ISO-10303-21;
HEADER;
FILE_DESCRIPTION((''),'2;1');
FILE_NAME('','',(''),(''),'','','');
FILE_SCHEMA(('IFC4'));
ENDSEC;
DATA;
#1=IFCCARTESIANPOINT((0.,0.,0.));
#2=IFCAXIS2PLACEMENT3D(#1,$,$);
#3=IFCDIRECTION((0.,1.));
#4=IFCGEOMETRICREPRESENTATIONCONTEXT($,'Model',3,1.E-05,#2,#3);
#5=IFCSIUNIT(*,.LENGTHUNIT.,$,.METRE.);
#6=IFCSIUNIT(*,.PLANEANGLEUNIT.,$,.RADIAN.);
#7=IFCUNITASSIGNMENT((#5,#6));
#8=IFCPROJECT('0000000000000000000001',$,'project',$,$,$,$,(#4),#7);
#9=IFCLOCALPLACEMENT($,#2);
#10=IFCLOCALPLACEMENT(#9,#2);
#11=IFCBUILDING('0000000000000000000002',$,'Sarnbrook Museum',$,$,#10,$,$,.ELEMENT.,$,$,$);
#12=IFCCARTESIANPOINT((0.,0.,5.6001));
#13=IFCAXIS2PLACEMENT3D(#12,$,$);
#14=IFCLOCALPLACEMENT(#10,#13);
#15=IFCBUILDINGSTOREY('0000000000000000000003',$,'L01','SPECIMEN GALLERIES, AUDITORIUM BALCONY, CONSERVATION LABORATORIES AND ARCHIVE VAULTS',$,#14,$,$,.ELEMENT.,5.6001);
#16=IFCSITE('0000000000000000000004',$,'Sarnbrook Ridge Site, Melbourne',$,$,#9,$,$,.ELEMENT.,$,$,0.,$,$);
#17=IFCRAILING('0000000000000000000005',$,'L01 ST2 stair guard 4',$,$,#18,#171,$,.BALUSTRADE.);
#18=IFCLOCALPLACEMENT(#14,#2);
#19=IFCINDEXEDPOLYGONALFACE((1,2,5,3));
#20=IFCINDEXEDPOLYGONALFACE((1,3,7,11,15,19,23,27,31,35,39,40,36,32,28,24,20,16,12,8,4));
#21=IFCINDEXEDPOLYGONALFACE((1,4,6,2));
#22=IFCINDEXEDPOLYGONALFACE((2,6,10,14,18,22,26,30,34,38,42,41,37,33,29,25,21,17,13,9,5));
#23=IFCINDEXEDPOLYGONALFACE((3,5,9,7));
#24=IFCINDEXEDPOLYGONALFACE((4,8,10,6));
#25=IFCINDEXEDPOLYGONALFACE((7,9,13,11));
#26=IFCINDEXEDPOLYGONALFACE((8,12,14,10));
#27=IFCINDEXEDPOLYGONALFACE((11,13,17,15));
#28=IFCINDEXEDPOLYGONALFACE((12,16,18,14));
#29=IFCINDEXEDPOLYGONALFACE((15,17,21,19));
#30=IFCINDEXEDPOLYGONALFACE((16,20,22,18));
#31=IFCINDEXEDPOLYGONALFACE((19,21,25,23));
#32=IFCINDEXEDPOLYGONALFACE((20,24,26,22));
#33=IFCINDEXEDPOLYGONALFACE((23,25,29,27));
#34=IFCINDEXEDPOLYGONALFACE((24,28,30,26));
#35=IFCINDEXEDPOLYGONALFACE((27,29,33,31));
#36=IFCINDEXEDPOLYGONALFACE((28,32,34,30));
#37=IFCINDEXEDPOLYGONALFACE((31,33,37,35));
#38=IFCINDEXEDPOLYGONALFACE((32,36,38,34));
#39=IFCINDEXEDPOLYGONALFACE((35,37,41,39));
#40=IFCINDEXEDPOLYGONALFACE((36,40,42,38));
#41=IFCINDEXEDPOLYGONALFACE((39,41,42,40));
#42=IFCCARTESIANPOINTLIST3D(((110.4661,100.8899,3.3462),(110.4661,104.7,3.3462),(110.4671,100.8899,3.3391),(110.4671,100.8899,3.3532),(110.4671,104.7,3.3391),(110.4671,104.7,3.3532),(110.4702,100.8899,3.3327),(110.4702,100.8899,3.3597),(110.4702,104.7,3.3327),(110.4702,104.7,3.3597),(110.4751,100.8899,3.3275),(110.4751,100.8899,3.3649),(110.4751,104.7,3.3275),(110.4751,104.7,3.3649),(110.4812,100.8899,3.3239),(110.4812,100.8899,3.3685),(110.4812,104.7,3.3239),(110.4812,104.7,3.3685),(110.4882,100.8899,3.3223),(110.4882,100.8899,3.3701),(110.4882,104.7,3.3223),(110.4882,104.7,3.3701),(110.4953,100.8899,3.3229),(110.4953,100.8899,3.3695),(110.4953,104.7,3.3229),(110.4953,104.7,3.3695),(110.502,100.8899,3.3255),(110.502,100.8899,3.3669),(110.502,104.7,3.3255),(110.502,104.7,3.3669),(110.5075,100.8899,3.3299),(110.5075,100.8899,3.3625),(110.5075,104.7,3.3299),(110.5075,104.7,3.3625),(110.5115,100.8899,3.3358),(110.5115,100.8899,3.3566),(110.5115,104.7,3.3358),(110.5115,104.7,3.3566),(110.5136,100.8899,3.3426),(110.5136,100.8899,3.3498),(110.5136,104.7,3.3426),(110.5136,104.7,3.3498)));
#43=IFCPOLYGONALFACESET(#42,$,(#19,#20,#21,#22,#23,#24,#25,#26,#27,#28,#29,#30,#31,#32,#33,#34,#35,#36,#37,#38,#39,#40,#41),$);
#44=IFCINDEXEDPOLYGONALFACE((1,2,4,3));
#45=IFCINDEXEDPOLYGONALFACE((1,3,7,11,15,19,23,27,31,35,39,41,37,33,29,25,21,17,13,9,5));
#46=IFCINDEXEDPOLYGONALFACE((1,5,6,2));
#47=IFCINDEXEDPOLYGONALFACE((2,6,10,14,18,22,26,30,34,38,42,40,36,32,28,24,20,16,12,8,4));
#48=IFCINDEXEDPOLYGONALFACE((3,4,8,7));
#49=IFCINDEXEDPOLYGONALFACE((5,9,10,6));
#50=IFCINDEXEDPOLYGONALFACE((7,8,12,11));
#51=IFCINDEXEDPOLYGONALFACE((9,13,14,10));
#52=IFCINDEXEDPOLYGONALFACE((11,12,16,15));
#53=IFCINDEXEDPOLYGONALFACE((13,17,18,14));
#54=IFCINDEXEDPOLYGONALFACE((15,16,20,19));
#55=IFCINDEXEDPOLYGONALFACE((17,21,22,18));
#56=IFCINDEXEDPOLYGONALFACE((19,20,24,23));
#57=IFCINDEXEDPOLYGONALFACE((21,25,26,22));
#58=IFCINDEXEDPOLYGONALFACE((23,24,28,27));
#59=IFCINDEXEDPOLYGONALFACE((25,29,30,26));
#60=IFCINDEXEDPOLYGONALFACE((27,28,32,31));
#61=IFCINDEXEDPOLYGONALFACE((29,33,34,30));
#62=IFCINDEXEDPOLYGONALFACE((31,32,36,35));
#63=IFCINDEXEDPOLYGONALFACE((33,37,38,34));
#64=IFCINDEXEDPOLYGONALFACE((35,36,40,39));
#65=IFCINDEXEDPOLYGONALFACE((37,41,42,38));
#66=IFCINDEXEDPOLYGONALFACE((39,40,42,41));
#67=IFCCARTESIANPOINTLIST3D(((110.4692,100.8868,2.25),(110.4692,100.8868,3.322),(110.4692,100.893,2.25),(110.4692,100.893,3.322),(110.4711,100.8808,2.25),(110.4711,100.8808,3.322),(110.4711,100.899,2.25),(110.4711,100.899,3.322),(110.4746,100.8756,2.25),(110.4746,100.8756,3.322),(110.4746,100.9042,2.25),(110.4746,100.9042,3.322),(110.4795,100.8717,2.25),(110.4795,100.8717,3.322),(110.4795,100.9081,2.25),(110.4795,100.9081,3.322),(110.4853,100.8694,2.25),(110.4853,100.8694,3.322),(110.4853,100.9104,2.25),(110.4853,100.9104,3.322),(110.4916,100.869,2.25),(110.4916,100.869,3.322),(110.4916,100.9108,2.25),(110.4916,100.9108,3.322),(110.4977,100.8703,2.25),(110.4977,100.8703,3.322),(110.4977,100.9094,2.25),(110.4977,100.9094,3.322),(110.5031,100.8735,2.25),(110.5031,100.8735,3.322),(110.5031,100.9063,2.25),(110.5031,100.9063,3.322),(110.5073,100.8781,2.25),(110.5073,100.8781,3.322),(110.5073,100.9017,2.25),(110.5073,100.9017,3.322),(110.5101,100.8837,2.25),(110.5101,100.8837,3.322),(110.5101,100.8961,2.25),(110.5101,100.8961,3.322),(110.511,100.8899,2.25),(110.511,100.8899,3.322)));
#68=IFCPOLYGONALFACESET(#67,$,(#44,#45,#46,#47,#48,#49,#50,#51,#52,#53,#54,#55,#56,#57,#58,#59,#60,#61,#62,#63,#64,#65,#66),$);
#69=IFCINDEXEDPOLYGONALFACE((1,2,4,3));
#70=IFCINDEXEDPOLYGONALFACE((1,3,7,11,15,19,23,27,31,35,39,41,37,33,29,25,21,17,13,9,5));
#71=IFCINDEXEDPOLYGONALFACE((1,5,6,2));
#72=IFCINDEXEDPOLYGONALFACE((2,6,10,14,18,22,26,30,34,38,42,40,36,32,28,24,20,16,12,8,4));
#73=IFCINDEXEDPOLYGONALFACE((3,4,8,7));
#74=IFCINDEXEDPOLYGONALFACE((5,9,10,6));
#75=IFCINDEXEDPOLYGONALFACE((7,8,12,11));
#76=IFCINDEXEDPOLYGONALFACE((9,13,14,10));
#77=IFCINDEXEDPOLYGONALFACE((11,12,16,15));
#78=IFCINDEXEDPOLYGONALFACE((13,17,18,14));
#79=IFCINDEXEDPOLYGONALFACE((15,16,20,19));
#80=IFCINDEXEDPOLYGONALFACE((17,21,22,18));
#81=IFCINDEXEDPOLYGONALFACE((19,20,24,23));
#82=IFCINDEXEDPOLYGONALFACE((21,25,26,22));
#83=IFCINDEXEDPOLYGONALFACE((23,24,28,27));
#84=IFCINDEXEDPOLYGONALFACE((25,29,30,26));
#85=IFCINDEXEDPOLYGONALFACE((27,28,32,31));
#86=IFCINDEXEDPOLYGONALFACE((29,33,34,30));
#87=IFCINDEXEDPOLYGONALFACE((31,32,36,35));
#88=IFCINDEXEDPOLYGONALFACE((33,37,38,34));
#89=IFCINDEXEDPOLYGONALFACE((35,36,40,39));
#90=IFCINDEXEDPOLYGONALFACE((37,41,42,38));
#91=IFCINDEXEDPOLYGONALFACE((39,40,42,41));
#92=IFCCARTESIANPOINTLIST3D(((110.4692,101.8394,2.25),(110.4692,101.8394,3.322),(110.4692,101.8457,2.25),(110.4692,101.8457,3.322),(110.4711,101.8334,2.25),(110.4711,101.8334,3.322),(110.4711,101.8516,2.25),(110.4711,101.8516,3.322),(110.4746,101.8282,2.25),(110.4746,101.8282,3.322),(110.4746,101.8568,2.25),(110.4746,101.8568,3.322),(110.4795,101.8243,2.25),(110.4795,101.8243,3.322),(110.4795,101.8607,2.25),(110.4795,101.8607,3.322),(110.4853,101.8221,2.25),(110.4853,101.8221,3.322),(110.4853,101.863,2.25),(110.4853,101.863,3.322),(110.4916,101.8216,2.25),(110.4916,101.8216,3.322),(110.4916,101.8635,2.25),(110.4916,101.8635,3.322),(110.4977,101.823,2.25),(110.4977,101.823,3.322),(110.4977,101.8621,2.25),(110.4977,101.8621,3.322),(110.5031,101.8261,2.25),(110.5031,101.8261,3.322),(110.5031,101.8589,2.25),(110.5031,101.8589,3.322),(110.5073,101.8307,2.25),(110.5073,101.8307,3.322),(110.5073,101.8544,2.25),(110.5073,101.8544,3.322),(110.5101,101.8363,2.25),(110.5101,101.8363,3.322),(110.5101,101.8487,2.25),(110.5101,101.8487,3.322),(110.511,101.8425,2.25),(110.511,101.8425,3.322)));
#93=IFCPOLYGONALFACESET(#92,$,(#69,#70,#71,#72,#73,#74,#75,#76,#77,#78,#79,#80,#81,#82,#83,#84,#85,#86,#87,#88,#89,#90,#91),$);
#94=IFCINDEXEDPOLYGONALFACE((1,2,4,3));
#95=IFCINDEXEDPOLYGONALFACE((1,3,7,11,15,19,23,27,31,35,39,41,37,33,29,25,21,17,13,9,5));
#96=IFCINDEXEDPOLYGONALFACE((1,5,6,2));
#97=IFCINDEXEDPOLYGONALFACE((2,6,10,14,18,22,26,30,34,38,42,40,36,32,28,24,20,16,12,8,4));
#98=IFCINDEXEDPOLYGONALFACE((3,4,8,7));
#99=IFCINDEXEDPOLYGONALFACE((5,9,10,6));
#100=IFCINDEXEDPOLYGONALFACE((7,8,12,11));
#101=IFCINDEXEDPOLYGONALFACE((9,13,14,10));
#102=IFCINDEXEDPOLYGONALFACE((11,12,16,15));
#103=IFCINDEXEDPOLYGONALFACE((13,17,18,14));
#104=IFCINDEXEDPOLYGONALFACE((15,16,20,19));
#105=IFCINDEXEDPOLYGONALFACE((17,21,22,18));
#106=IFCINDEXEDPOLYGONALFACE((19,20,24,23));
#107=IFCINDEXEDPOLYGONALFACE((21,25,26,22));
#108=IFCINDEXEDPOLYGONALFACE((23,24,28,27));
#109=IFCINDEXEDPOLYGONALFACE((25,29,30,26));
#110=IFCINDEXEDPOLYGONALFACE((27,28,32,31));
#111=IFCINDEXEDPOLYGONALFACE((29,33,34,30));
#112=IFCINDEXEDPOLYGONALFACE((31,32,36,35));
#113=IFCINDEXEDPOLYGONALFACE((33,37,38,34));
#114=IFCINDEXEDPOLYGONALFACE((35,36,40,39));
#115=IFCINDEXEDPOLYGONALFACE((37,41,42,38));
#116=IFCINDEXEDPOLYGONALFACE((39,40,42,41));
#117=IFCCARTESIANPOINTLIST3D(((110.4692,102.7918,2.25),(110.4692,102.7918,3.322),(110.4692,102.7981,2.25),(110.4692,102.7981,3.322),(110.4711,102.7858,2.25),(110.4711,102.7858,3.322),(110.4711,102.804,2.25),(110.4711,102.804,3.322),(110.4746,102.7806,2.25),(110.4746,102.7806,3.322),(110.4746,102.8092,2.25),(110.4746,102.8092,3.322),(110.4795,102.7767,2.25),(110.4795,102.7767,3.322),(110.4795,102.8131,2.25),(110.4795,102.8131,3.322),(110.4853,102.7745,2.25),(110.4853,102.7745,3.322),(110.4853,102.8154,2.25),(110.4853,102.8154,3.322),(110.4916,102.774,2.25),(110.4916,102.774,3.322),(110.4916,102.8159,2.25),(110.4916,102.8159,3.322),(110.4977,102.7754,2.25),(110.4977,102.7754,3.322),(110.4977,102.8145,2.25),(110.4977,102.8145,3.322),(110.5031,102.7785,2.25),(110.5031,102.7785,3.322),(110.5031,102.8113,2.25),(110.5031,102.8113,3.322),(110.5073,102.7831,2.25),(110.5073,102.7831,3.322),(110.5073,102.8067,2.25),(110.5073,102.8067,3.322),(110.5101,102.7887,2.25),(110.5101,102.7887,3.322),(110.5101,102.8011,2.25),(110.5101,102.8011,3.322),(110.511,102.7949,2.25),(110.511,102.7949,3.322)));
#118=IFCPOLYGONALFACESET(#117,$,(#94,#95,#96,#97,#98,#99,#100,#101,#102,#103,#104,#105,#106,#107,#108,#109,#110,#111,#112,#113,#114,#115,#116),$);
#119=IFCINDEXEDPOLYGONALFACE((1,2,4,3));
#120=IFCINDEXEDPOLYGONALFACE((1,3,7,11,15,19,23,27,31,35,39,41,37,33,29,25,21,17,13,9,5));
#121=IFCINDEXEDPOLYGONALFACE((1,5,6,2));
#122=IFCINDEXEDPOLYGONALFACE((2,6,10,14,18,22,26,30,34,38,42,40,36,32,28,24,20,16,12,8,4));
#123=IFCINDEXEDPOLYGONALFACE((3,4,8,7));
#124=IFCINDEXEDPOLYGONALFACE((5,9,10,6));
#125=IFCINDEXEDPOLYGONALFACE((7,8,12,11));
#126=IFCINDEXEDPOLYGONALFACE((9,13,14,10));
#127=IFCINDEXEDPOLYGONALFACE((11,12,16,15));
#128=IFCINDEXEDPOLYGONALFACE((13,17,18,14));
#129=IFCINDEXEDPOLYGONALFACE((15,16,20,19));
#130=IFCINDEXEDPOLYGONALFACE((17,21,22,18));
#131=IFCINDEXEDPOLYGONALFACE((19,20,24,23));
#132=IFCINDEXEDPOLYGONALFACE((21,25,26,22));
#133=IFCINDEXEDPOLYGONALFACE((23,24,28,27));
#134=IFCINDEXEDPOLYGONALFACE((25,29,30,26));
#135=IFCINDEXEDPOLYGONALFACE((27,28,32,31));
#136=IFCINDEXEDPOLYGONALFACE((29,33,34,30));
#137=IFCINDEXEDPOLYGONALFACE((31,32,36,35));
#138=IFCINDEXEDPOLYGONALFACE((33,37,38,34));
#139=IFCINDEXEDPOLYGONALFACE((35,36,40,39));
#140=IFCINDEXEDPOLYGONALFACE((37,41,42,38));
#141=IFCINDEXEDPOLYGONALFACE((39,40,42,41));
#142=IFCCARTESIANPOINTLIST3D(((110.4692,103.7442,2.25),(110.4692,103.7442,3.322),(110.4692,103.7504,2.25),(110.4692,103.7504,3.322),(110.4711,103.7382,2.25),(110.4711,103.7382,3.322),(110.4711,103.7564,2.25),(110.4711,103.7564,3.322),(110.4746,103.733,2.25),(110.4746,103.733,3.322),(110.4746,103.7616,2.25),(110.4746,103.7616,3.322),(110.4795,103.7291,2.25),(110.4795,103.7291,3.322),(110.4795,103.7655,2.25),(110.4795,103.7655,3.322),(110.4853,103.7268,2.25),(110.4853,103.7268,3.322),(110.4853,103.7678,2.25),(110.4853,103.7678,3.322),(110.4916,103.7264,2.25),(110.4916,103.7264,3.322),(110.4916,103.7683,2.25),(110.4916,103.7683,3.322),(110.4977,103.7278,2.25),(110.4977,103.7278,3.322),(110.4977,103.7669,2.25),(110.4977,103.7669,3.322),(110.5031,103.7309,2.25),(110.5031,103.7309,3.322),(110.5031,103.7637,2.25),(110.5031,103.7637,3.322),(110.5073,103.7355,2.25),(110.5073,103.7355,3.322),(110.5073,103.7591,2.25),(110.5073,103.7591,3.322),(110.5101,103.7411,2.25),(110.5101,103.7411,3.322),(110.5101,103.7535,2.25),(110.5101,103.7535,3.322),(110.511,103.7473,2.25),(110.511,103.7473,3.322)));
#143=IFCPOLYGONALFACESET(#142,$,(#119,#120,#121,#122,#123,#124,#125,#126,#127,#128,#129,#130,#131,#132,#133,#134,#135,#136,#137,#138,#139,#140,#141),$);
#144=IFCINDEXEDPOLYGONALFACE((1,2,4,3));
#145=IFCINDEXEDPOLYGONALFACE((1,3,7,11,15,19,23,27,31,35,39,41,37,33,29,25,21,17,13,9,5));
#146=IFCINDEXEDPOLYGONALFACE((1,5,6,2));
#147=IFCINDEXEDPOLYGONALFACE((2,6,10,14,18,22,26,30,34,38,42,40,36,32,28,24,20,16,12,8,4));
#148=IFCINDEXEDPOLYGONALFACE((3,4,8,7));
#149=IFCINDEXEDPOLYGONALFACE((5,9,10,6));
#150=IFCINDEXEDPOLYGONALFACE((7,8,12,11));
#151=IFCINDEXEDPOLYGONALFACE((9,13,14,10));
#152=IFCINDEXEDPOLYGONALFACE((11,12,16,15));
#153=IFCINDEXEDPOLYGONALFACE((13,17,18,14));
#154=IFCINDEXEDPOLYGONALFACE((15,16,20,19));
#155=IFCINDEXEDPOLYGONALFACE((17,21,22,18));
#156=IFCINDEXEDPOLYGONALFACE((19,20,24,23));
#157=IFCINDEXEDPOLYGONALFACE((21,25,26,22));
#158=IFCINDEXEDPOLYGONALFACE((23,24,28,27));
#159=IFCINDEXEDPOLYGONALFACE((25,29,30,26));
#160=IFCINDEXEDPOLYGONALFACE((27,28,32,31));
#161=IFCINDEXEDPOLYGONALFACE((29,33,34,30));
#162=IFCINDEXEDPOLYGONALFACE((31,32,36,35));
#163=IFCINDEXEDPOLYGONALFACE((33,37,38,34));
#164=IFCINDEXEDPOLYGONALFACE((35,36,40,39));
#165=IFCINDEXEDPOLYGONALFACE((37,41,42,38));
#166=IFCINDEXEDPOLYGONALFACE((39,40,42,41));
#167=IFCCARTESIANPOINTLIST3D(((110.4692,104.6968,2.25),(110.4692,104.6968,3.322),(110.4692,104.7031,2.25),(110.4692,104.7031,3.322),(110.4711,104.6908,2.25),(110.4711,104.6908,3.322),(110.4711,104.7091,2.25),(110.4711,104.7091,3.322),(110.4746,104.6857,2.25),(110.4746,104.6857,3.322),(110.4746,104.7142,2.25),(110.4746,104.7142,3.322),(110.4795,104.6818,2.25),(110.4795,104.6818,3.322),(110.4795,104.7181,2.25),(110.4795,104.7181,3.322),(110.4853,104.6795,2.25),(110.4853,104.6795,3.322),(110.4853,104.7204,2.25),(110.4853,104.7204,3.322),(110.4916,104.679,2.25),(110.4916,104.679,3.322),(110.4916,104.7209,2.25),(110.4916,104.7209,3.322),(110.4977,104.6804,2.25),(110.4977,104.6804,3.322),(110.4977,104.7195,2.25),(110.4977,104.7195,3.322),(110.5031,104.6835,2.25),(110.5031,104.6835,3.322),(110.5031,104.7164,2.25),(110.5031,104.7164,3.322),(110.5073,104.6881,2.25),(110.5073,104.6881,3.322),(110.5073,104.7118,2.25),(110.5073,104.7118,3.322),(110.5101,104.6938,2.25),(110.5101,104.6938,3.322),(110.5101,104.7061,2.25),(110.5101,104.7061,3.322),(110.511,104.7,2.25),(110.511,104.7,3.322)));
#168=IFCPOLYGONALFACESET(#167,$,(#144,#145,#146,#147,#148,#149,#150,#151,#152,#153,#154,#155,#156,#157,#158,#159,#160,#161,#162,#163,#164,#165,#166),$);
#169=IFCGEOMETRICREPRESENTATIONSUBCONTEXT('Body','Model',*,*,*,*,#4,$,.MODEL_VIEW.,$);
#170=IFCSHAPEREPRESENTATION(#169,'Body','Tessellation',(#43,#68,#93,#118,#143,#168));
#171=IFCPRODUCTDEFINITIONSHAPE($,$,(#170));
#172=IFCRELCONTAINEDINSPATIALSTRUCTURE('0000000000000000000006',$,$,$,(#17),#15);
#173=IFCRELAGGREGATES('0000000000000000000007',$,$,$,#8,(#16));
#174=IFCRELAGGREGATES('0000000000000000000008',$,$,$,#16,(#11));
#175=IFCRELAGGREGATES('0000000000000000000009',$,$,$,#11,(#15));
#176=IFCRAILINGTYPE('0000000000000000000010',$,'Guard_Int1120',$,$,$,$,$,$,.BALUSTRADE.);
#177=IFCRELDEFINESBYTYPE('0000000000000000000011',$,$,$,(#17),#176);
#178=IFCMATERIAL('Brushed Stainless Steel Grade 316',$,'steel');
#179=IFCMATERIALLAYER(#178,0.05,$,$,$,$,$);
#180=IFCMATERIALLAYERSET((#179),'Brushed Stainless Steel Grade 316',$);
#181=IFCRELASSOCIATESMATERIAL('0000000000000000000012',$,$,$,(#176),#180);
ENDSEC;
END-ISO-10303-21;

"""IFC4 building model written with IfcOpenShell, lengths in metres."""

from ifc_helpers import new_model, si_unit, direction, frame, origin, origin_2d, place, context, subcontext, project, spatial, circle, extrude, material, layer, layer_set, type_object, element, save


model = new_model("IFC4")

# Units and contexts
model_context = context("Model", 3, precision=1e-05, world=origin(), true_north=direction((0.0, 1.0)))
body_context = subcontext(model_context, "Body", "Model", "MODEL_VIEW")
ifc_project = project(units=[si_unit("LENGTHUNIT", "METRE"), si_unit("PLANEANGLEUNIT", "RADIAN")], contexts=[model_context])

# Site, building, storey
site_placement = place(None, origin())
site = spatial("IfcSite", under=ifc_project, at=site_placement, Name="Sarnbrook Ridge Site, Melbourne", CompositionType="ELEMENT", RefElevation=0.0)
building_placement = place(site_placement, origin())
building = spatial("IfcBuilding", under=site, at=building_placement, Name="Sarnbrook Museum", CompositionType="ELEMENT")
storey_placement = place(building_placement, frame((0.0, 0.0, 5.6001)))
storey = spatial("IfcBuildingStorey", under=building, at=storey_placement, Name="L01", Description="SPECIMEN GALLERIES, AUDITORIUM BALCONY, CONSERVATION LABORATORIES AND ARCHIVE VAULTS", CompositionType="ELEMENT", Elevation=5.6001)

# Shared definitions
ifc_material_1 = material(Name="Brushed Stainless Steel Grade 316", Category="steel")

# Railing
ifc_layer_1 = layer(ifc_material_1, 0.05)
ifc_layer_set_1 = layer_set([ifc_layer_1], Name="Brushed Stainless Steel Grade 316")
railing_type_1 = type_object("IfcRailingType", Name="Guard_Int1120", PredefinedType="BALUSTRADE", material=ifc_layer_set_1)
for number, where, name in (
    (1, (110.49, 100.8899, 2.25), "L01 ST2 stair guard 4"),
):
    element("IfcRailing", number, at=place(storey_placement, frame(where)), inside=storey, type_object=railing_type_1, Name=name, PredefinedType="BALUSTRADE", context=body_context, shape_type="SweptSolid", body=[
        extrude(circle(Radius=0.0239, at=origin_2d()), frame((0.0, 0.0, 1.0962), z_axis=(0.0, 1.0, 0.0), x_axis=(-1.0, 0.0, 0.0)), (0.0, 0.0, 1.0), 3.8101),
        extrude(circle(Radius=0.021, at=origin_2d()), origin(), (0.0, 0.0, 1.0), 1.072),
        extrude(circle(Radius=0.021, at=origin_2d()), frame((0.0, 0.9526, 0.0)), (0.0, 0.0, 1.0), 1.072),
        extrude(circle(Radius=0.021, at=origin_2d()), frame((0.0, 1.905, 0.0)), (0.0, 0.0, 1.0), 1.072),
        extrude(circle(Radius=0.021, at=origin_2d()), frame((0.0, 2.8574, 0.0)), (0.0, 0.0, 1.0), 1.072),
        extrude(circle(Radius=0.021, at=origin_2d()), frame((0.0, 3.8101, 0.0)), (0.0, 0.0, 1.0), 1.072),
    ])

save(model, "model.ifc")
